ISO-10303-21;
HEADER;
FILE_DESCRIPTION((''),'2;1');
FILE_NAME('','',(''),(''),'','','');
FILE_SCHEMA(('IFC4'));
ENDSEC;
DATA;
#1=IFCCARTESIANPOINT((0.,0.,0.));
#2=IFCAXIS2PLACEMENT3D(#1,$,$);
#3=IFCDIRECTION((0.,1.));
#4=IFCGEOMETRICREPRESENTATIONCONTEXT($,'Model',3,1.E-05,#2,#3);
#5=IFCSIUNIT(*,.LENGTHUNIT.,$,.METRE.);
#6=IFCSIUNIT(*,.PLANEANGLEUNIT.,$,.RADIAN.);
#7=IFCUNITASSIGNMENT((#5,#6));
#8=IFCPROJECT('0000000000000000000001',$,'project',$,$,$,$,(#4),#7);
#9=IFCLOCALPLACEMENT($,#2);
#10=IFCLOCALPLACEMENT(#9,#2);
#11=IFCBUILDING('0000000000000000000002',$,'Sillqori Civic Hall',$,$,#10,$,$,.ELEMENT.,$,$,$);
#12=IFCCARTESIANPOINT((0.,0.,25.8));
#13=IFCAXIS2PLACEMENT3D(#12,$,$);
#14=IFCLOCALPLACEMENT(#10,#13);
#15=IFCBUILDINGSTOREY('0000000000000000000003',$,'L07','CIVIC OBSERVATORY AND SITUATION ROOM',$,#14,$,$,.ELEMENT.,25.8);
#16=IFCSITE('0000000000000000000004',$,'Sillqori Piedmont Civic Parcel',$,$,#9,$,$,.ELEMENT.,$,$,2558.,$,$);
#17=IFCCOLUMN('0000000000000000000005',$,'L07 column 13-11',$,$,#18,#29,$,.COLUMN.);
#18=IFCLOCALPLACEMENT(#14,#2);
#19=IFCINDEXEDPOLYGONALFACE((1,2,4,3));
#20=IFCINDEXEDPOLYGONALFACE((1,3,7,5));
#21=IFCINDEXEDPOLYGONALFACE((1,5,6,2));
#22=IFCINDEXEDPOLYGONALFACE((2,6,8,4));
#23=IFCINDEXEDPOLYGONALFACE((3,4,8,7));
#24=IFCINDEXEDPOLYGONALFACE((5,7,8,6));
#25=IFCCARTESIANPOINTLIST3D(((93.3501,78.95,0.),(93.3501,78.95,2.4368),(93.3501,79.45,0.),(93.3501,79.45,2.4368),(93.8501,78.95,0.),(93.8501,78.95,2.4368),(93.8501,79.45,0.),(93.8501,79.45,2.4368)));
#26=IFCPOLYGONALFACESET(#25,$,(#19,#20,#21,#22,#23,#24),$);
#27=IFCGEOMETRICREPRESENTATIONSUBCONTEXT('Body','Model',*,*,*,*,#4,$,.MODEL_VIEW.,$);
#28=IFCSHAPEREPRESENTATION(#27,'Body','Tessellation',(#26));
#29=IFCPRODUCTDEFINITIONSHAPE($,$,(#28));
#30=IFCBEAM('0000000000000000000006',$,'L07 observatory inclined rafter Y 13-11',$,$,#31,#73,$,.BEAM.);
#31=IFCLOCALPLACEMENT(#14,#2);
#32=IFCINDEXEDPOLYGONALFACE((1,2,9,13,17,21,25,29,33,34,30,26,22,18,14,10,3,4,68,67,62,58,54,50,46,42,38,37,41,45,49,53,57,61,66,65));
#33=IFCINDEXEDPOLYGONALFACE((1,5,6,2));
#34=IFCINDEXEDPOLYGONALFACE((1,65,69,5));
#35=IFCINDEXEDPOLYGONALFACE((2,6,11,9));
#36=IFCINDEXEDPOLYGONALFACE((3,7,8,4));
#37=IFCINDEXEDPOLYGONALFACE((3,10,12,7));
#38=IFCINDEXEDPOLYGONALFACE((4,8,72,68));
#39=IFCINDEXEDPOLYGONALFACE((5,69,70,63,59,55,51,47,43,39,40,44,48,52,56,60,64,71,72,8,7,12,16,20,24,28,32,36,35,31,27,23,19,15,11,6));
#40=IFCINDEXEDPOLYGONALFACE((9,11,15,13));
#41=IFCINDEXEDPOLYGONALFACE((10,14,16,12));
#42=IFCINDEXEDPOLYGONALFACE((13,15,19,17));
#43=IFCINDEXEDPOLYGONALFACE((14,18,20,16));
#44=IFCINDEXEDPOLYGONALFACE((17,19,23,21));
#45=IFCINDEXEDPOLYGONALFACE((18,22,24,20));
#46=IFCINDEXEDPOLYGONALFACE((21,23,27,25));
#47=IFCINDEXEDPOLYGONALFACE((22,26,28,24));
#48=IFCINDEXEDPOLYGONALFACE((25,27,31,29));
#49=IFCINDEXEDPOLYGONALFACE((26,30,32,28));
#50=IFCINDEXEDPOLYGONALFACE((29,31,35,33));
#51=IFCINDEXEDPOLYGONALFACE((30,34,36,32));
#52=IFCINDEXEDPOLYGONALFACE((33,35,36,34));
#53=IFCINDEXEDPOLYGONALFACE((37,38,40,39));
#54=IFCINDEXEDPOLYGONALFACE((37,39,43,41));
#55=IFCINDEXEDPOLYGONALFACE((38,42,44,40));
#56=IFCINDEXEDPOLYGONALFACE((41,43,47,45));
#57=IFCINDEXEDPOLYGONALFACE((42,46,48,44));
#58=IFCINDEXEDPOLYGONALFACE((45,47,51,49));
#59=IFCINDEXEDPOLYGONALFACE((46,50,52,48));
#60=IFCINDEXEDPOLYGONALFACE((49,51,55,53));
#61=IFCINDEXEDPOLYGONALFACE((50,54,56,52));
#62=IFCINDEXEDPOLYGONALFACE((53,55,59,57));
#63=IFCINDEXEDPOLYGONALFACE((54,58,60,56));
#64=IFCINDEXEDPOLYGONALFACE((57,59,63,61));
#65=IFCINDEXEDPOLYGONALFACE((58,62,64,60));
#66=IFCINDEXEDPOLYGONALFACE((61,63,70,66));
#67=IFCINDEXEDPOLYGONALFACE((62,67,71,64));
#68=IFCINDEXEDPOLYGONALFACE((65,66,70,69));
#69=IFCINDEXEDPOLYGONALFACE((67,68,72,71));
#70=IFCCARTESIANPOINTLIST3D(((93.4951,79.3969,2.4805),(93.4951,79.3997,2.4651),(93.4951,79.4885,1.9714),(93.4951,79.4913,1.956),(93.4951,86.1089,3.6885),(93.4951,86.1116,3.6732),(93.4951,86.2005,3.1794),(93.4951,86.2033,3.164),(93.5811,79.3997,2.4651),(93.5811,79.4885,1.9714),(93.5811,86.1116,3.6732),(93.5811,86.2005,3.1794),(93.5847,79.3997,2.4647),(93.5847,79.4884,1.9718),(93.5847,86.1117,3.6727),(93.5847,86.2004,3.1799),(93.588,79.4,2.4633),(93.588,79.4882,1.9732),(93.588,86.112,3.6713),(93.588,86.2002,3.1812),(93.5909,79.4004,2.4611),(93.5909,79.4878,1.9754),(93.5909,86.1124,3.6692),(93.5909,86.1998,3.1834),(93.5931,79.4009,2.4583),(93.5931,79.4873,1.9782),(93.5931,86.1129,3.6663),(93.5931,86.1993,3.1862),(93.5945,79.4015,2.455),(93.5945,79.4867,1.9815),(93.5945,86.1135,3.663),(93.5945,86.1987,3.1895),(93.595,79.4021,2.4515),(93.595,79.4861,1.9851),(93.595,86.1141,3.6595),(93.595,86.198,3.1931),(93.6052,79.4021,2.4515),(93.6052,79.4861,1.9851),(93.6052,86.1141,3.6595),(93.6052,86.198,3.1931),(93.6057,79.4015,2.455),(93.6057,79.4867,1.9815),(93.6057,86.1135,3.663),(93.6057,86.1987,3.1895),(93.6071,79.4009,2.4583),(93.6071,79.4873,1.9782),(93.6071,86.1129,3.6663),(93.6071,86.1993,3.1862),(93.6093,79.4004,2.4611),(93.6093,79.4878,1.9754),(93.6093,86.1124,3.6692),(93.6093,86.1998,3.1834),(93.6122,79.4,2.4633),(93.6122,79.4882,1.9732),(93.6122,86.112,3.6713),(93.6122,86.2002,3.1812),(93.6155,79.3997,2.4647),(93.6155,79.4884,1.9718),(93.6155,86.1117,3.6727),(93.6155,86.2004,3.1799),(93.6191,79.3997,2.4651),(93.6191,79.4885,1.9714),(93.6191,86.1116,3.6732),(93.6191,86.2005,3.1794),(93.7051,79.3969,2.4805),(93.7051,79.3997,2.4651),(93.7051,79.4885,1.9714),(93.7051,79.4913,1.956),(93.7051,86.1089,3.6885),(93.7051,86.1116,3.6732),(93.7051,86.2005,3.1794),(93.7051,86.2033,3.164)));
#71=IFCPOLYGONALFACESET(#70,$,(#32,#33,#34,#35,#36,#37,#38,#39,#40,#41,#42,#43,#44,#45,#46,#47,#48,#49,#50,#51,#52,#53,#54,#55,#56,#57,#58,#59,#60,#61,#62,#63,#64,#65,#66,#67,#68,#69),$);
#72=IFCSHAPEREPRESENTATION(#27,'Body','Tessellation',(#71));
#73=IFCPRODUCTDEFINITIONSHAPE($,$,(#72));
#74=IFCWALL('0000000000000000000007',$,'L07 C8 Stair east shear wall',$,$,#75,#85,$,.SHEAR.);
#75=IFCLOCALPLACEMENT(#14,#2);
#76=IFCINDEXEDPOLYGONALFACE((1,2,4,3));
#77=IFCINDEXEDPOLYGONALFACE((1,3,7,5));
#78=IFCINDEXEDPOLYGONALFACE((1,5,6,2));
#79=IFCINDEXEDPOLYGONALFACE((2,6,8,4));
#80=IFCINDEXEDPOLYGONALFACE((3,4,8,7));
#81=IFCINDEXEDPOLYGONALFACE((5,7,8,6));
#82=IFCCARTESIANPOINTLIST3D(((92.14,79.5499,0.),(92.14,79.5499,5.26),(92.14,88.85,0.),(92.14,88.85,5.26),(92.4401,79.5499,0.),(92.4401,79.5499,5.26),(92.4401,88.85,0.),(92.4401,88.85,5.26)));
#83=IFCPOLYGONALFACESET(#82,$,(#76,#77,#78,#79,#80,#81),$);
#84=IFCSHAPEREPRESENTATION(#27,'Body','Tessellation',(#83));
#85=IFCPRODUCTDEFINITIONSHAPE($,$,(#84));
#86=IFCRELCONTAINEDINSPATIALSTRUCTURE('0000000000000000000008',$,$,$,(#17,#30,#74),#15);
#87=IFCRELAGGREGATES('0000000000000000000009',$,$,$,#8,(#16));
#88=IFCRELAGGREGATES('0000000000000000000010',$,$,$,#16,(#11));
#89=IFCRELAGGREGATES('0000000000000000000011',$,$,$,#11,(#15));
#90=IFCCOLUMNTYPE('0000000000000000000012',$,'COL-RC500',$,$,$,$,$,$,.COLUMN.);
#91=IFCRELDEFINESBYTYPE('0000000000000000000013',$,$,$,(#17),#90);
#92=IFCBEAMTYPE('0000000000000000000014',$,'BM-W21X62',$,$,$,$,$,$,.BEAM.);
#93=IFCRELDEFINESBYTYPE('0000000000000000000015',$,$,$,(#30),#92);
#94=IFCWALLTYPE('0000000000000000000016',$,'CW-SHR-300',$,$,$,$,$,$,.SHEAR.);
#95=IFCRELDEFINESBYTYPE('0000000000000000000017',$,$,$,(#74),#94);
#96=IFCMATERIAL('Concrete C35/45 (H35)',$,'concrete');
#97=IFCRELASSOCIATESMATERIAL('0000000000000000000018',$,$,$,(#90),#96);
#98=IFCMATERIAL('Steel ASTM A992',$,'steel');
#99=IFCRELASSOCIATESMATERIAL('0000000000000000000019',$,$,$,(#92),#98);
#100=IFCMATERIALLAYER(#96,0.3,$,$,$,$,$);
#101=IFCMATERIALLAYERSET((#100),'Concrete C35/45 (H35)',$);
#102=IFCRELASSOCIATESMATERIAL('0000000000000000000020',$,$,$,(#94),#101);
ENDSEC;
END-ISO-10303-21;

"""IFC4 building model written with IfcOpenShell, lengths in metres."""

from ifc_helpers import new_model, si_unit, direction, frame, frame_2d, origin, origin_2d, place, context, subcontext, project, spatial, rectangle, i_section, extrude, material, layer, layer_set, material_profile, profile_set, type_object, element, save


model = new_model("IFC4")

# Units and contexts
model_context = context("Model", 3, precision=1e-05, world=origin(), true_north=direction((0.0, 1.0)))
body_context = subcontext(model_context, "Body", "Model", "MODEL_VIEW")
ifc_project = project(units=[si_unit("LENGTHUNIT", "METRE"), si_unit("PLANEANGLEUNIT", "RADIAN")], contexts=[model_context])

# Site, building, storey
site_placement = place(None, origin())
site = spatial("IfcSite", under=ifc_project, at=site_placement, Name="Sillqori Piedmont Civic Parcel", CompositionType="ELEMENT", RefElevation=2558.0)
building_placement = place(site_placement, origin())
building = spatial("IfcBuilding", under=site, at=building_placement, Name="Sillqori Civic Hall", CompositionType="ELEMENT")
storey_placement = place(building_placement, frame((0.0, 0.0, 25.8)))
storey = spatial("IfcBuildingStorey", under=building, at=storey_placement, Name="L07", Description="CIVIC OBSERVATORY AND SITUATION ROOM", CompositionType="ELEMENT", Elevation=25.8)

# Column
ifc_material_1 = material(Name="Concrete C35/45 (H35)", Category="concrete")
ifc_material_profile_1 = material_profile(ifc_material_1, rectangle(XDim=0.5, YDim=0.5, at=origin_2d()), Name="RC 500x500")
ifc_profile_set_1 = profile_set([ifc_material_profile_1], Name="Concrete C35/45 (H35)")
column_type = type_object("IfcColumnType", Name="COL-RC500", PredefinedType="COLUMN", material=ifc_profile_set_1)
column_placement = place(storey_placement, frame((93.6001, 79.2, 0.0), z_axis=(0.0, 0.0, 1.0), x_axis=(1.0, 0.0, 0.0)))
element("IfcColumn", 1, at=column_placement, inside=storey, type_object=column_type, Name="L07 column 13-11", PredefinedType="COLUMN", context=body_context, shape_type="SweptSolid", body=[
    extrude(rectangle(XDim=0.5, YDim=0.5, at=origin_2d()), origin(), (0.0, 0.0, 1.0), 2.4368),
])

# Beam
ifc_material_2 = material(Name="Steel ASTM A992", Category="steel")
ifc_material_profile_2 = material_profile(ifc_material_2, i_section(OverallWidth=0.21, OverallDepth=0.533, WebThickness=0.0103, FlangeThickness=0.0156, FilletRadius=0.0139, at=origin_2d()), Name="W21X62")
ifc_profile_set_2 = profile_set([ifc_material_profile_2], Name="Steel ASTM A992")
beam_type = type_object("IfcBeamType", Name="BM-W21X62", PredefinedType="BEAM", material=ifc_profile_set_2)
beam_placement = place(storey_placement, frame((93.6001, 79.4441, 2.2183), z_axis=(0.0, 0.984187, 0.177134), x_axis=(-1.0, 0.0, 0.0)))
element("IfcBeam", 2, at=beam_placement, inside=storey, type_object=beam_type, Name="L07 observatory inclined rafter Y 13-11", PredefinedType="BEAM", context=body_context, shape_type="SweptSolid", body=[
    extrude(i_section(OverallWidth=0.21, OverallDepth=0.533, WebThickness=0.0103, FlangeThickness=0.0156, FilletRadius=0.0139, at=origin_2d()), origin(), (0.0, 0.0, 1.0), 6.8198),
])

# Wall
ifc_layer_1 = layer(ifc_material_1, 0.3)
ifc_layer_set_1 = layer_set([ifc_layer_1], Name="Concrete C35/45 (H35)")
wall_type_1 = type_object("IfcWallType", Name="CW-SHR-300", PredefinedType="SHEAR", material=ifc_layer_set_1)
wall_1_placement = place(storey_placement, frame((92.29, 79.55, 0.0), z_axis=(0.0, 0.0, 1.0), x_axis=(0.0, 1.0, 0.0)))
element("IfcWall", 3, at=wall_1_placement, inside=storey, type_object=wall_type_1, Name="L07 C8 Stair east shear wall", PredefinedType="SHEAR", context=body_context, shape_type="SweptSolid", body=[
    extrude(rectangle(XDim=9.3, YDim=0.3, at=frame_2d((4.6499, 0.0))), origin(), (0.0, 0.0, 1.0), 5.26),
])

save(model, "model.ifc")
